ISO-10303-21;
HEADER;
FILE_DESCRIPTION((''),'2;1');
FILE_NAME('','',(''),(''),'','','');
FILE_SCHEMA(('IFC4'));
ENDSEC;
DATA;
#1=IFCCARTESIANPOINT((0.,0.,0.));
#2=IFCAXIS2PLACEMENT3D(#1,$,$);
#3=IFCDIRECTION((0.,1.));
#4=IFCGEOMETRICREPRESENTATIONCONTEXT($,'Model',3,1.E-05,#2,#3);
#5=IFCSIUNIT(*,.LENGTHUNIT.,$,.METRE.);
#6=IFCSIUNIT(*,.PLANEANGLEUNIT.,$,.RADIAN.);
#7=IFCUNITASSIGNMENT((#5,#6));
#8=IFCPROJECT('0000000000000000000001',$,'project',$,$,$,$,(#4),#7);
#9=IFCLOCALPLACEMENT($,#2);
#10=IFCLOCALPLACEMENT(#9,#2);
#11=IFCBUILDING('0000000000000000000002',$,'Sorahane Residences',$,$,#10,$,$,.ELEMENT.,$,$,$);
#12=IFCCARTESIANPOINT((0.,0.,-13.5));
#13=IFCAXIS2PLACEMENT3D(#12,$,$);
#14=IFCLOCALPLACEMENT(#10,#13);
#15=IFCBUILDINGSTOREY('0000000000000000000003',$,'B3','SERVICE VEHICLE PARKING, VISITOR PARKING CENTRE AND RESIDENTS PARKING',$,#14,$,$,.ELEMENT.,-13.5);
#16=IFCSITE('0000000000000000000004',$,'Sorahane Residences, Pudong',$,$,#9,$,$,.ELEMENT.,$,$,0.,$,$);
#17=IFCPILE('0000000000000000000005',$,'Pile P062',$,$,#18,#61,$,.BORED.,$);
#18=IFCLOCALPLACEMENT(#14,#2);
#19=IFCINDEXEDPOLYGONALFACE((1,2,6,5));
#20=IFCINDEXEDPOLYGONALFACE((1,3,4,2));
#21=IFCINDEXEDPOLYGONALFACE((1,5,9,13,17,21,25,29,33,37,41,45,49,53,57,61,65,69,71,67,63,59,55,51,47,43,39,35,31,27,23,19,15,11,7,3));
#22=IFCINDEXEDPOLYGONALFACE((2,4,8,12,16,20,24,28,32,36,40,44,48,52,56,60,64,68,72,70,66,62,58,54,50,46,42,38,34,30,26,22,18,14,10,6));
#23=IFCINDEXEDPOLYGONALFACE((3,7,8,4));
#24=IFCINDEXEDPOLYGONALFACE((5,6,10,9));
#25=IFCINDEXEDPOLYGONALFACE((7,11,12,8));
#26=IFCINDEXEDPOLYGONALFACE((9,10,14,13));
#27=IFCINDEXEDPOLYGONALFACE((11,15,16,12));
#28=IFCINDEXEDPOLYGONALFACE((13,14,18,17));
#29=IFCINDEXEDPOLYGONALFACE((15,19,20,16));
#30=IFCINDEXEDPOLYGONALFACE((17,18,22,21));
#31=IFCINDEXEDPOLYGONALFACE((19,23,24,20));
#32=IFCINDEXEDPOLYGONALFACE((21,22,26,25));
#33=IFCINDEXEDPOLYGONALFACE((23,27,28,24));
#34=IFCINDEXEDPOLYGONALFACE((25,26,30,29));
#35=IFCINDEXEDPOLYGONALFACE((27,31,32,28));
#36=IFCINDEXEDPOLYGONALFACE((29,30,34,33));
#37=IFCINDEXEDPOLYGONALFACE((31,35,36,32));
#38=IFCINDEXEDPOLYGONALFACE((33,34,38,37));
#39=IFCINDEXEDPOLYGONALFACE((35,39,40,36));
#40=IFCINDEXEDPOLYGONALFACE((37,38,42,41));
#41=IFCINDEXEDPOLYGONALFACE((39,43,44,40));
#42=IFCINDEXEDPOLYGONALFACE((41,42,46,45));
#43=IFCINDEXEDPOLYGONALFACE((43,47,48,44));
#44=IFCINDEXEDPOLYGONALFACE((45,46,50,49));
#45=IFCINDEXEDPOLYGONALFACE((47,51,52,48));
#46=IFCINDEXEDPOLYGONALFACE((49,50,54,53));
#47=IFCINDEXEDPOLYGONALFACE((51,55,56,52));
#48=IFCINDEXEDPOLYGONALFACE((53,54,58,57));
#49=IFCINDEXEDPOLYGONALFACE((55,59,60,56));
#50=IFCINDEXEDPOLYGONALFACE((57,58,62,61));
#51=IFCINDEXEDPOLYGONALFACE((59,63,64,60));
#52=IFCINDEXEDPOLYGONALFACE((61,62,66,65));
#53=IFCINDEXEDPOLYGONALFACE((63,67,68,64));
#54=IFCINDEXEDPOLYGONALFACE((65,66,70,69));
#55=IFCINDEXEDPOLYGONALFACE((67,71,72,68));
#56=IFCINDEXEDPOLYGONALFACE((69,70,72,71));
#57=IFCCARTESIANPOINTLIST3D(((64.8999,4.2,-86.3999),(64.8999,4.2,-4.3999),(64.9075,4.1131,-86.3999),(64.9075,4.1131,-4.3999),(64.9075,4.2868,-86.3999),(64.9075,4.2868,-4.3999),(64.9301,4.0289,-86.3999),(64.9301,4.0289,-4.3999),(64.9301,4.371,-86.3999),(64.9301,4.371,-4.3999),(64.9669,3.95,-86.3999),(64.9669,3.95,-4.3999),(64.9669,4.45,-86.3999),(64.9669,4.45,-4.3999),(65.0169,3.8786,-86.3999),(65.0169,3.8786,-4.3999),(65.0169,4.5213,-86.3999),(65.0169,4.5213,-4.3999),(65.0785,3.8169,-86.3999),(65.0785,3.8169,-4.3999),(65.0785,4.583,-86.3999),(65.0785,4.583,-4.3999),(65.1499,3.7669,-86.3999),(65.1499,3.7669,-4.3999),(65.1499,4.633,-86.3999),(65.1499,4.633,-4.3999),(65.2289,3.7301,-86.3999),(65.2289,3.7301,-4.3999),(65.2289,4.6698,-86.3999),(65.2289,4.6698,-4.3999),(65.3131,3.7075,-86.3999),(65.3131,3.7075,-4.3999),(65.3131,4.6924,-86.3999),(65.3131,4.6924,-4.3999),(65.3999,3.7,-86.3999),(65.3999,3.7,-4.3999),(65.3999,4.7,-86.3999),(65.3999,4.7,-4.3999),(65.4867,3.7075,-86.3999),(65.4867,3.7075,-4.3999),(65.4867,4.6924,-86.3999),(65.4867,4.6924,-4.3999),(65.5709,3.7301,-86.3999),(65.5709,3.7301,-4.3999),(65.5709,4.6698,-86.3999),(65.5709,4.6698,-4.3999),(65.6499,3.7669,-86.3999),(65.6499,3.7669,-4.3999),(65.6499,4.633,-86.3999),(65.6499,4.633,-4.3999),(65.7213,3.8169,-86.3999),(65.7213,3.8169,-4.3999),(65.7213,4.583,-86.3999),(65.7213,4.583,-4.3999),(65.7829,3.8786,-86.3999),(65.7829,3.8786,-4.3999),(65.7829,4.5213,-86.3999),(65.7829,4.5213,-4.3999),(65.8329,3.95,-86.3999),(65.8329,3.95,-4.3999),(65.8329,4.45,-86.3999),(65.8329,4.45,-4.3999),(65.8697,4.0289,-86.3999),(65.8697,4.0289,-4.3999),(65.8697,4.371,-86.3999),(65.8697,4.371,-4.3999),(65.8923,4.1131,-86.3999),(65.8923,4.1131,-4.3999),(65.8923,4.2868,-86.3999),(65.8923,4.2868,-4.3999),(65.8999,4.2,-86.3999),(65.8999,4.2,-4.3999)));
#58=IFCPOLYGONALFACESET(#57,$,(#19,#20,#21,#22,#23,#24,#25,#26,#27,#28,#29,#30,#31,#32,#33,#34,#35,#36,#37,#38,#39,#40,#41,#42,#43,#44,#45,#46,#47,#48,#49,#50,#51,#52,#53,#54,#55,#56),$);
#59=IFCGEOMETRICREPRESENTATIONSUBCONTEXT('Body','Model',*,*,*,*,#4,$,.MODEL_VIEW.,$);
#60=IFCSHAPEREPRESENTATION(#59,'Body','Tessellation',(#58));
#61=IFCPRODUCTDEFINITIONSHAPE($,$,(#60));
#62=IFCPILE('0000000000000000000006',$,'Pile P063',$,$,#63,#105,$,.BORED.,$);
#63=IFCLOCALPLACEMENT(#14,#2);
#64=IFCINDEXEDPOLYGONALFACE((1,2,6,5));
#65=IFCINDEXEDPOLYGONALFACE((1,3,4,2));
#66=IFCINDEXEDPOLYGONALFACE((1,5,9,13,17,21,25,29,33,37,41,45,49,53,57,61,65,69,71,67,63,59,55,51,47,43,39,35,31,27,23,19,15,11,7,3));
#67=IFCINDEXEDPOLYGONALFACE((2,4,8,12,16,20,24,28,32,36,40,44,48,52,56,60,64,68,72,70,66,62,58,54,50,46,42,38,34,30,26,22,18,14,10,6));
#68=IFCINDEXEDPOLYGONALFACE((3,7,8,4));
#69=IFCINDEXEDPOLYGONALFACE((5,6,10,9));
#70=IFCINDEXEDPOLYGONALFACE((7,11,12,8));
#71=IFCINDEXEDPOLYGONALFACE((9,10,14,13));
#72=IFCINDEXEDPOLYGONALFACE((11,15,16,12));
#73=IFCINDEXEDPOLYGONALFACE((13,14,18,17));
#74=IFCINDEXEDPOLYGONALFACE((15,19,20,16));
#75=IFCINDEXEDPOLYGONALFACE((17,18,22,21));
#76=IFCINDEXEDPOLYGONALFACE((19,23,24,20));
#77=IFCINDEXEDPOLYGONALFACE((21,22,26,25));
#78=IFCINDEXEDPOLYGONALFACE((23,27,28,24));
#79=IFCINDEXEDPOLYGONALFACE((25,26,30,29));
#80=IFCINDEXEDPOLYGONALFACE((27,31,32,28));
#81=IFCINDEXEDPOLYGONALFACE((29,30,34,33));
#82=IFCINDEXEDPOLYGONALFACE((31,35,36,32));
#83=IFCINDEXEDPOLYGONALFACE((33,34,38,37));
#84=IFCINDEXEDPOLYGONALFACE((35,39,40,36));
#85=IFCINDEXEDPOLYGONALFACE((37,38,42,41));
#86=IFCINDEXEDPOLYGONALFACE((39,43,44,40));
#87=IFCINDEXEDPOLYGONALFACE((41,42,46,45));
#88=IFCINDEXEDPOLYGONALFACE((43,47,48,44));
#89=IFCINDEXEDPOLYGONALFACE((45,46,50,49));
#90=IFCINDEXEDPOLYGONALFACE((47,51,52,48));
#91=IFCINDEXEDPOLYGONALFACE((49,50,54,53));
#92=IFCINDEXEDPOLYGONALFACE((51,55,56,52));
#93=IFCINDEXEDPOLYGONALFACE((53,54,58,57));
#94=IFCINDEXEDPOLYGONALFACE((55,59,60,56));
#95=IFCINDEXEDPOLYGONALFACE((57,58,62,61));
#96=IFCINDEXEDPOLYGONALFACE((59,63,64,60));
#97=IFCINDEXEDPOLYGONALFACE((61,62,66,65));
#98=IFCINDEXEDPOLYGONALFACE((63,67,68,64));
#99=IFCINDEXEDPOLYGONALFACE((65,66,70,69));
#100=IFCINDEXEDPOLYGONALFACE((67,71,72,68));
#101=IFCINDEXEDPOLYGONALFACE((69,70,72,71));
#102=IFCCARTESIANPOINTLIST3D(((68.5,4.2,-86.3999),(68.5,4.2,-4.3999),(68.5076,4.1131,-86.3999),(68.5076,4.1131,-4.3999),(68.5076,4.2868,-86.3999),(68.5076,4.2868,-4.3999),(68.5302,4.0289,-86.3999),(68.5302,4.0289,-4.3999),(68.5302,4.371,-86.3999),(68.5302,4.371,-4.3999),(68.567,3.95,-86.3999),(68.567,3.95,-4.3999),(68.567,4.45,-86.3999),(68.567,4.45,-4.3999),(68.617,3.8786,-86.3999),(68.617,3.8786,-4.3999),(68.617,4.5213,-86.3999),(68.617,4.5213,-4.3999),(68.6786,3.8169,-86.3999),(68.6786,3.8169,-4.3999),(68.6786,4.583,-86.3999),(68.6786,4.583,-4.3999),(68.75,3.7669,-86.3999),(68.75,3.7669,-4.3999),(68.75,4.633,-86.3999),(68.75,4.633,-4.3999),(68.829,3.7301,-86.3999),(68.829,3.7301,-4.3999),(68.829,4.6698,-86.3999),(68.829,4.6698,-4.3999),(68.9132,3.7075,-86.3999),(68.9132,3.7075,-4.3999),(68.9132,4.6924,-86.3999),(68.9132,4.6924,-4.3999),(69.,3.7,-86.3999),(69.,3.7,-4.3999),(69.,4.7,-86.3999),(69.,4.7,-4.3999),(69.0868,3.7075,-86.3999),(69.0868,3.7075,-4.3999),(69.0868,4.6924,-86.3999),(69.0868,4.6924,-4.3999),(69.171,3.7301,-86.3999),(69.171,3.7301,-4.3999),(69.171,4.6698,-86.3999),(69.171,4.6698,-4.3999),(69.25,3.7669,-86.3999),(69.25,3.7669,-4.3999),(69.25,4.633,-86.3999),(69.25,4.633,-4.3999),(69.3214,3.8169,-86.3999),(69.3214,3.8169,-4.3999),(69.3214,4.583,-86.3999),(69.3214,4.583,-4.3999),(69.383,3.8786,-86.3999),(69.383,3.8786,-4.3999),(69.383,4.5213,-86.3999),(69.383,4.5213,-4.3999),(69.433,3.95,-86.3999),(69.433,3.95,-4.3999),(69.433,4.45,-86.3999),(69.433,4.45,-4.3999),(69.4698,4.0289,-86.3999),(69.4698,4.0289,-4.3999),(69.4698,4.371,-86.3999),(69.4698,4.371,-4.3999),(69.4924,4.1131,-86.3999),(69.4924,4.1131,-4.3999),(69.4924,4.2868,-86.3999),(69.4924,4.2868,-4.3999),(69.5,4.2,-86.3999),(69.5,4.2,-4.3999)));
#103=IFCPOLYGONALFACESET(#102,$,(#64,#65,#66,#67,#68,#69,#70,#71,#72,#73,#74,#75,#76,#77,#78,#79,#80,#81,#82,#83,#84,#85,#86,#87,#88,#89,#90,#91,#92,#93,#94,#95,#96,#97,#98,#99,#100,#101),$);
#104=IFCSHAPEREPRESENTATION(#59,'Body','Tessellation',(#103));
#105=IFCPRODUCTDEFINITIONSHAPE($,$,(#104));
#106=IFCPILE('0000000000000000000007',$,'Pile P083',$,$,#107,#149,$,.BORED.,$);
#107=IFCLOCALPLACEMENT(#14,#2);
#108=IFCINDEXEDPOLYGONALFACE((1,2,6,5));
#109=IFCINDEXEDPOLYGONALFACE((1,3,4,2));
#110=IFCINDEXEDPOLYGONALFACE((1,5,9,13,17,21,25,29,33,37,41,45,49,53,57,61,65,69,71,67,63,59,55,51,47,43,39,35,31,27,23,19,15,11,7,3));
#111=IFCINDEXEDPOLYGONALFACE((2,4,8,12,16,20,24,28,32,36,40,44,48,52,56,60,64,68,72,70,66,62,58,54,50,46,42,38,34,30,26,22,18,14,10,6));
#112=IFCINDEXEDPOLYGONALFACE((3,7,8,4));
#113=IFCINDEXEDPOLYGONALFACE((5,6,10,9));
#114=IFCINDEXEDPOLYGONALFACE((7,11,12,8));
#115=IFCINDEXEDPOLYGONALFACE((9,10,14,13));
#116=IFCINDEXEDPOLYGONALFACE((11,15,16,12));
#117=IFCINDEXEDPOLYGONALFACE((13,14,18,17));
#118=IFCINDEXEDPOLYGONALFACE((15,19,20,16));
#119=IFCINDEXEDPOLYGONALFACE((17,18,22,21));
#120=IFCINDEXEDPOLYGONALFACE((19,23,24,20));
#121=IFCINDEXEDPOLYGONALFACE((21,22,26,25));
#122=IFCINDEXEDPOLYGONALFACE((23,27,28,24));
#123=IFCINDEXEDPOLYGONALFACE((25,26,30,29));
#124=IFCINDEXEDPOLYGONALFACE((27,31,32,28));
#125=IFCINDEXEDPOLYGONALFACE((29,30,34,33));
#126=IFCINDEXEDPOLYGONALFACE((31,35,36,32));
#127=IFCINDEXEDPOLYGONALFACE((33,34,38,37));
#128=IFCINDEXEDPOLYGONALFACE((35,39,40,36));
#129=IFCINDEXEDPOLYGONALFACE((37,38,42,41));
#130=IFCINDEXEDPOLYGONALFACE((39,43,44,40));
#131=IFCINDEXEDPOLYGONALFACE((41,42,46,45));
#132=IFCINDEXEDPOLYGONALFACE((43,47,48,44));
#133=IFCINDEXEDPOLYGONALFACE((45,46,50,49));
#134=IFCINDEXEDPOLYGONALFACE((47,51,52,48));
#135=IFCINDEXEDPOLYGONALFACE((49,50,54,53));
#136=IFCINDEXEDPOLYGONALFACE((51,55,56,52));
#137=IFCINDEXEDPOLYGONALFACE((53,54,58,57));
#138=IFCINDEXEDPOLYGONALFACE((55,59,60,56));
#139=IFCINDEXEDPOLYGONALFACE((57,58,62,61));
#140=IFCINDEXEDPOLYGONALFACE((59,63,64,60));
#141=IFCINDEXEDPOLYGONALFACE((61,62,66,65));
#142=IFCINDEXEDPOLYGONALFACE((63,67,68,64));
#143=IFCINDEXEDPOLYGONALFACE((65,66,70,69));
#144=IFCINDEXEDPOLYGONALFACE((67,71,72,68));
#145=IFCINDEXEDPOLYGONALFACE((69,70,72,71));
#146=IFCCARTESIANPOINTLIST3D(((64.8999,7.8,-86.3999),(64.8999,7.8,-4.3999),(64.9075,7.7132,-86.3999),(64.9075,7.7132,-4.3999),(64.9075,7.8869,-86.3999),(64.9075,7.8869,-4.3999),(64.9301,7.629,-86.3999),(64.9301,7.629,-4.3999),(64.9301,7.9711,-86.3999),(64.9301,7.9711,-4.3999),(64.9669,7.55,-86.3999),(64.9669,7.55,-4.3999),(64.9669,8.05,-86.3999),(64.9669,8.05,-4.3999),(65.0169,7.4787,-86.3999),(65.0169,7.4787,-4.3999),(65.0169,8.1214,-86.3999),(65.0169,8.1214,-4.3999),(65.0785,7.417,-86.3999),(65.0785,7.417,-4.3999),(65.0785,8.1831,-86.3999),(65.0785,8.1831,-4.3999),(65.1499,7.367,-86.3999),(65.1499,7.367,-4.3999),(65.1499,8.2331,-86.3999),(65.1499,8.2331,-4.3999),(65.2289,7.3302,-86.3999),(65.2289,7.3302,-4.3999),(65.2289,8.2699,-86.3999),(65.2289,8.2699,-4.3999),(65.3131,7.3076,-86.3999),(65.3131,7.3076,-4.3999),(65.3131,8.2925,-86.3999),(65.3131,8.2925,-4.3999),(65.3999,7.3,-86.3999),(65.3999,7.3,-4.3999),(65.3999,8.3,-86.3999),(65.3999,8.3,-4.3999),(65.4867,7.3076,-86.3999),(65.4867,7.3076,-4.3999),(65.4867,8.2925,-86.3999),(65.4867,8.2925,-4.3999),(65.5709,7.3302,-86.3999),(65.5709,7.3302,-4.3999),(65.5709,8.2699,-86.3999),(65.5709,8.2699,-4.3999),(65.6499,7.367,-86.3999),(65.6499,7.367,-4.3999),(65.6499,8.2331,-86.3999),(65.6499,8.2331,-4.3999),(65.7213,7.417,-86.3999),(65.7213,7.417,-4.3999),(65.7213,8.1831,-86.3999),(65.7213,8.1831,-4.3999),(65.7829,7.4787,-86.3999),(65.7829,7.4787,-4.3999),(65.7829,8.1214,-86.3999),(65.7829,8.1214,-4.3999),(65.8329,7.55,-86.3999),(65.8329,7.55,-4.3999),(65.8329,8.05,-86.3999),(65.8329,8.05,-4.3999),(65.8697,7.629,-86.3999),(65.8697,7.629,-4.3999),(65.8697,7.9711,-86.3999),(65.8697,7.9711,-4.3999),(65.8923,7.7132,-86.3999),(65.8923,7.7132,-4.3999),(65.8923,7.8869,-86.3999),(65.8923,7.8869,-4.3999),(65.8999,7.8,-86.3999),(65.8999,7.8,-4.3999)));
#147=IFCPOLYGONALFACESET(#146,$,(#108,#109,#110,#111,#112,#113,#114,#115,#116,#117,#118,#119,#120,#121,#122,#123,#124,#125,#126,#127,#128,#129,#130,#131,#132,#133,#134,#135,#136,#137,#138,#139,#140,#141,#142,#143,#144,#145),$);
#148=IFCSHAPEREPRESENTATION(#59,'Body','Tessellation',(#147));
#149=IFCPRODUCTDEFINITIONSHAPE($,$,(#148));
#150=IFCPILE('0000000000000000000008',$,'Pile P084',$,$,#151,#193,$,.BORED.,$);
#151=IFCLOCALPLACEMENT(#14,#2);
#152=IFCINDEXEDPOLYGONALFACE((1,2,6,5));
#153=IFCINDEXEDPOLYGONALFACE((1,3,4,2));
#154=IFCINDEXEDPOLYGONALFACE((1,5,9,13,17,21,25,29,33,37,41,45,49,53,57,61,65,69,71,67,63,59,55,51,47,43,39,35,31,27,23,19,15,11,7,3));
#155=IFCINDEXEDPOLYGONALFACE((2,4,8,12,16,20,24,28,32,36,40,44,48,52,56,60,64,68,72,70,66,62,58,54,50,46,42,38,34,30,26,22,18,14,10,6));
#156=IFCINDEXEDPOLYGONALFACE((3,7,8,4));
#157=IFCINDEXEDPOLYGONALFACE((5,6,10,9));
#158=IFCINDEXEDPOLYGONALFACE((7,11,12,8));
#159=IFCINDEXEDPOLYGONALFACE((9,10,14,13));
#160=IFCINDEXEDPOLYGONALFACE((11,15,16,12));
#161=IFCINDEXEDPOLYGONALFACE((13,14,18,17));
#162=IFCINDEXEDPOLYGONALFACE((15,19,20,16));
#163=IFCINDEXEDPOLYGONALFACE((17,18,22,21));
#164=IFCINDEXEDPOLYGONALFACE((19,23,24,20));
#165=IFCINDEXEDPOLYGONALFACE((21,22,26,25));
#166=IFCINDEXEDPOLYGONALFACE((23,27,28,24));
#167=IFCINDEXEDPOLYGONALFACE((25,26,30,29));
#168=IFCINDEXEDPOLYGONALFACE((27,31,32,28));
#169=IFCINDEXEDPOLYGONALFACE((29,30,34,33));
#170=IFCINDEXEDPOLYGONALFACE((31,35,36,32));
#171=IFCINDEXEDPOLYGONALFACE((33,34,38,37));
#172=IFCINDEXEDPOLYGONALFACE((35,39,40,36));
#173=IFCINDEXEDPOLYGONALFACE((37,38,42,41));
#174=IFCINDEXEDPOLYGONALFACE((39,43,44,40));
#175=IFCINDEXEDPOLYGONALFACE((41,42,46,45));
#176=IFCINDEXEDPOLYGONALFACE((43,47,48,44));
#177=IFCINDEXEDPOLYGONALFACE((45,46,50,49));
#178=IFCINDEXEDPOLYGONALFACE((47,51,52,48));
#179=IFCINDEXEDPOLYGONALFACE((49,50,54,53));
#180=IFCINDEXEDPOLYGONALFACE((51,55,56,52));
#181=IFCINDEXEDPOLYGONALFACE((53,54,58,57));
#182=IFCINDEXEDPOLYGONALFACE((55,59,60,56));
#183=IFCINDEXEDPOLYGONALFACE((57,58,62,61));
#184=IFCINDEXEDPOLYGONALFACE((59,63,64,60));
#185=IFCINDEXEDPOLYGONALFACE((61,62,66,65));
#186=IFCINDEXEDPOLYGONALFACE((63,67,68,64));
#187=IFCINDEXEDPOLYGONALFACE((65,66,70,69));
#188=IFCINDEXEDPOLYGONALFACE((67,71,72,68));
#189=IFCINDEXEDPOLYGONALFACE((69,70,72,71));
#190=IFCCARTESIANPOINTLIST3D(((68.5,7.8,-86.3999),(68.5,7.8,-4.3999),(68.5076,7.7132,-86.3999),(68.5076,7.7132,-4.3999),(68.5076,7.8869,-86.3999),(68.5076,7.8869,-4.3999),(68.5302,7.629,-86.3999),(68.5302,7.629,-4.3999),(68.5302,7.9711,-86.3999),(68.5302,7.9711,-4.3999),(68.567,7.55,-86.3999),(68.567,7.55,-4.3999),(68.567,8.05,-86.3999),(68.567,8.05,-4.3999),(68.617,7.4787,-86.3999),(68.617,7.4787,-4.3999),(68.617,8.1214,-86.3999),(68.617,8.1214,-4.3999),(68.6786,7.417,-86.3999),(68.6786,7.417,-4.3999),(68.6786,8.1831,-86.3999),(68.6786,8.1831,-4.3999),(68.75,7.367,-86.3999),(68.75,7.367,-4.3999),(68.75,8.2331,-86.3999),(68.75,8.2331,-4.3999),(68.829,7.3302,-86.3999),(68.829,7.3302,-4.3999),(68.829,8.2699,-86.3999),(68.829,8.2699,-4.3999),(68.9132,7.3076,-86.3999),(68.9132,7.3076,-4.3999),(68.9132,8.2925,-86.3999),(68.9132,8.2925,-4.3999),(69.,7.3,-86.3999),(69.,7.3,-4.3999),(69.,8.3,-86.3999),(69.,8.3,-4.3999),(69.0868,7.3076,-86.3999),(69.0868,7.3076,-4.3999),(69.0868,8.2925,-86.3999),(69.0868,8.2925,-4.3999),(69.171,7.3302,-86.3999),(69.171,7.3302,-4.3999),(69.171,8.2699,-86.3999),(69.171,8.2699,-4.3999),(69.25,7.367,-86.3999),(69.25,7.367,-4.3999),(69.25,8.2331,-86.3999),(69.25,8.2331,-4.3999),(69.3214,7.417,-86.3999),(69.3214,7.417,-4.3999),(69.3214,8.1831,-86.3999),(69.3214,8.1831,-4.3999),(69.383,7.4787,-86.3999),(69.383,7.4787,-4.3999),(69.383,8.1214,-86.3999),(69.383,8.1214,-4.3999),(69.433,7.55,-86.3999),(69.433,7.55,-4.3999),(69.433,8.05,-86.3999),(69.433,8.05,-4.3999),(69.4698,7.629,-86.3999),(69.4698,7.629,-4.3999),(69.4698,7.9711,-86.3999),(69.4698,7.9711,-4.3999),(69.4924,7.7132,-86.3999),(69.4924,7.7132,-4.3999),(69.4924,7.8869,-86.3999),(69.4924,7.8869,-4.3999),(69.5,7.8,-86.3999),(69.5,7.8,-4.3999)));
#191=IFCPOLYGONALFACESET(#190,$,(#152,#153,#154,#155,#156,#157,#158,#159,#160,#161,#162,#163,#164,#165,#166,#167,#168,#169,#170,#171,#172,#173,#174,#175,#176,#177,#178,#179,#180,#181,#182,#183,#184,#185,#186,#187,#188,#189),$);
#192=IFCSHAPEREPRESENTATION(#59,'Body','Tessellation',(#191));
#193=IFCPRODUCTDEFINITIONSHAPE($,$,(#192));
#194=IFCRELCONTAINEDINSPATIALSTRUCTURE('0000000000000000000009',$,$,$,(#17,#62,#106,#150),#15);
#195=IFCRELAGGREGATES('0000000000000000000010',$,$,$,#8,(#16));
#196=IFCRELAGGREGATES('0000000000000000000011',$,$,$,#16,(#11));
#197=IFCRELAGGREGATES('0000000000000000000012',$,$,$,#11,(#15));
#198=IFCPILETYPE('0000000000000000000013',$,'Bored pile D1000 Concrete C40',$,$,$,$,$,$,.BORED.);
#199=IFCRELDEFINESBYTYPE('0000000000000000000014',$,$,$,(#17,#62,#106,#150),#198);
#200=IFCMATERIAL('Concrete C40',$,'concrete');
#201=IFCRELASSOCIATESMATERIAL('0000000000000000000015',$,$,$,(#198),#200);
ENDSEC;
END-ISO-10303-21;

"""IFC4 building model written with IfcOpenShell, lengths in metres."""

from ifc_helpers import new_model, si_unit, direction, frame, origin, origin_2d, place, context, subcontext, project, spatial, circle, extrude, material, material_profile, profile_set, type_object, element, save


model = new_model("IFC4")

# Units and contexts
model_context = context("Model", 3, precision=1e-05, world=origin(), true_north=direction((0.0, 1.0)))
body_context = subcontext(model_context, "Body", "Model", "MODEL_VIEW")
ifc_project = project(units=[si_unit("LENGTHUNIT", "METRE"), si_unit("PLANEANGLEUNIT", "RADIAN")], contexts=[model_context])

# Site, building, storey
site_placement = place(None, origin())
site = spatial("IfcSite", under=ifc_project, at=site_placement, Name="Sorahane Residences, Pudong", CompositionType="ELEMENT", RefElevation=0.0)
building_placement = place(site_placement, origin())
building = spatial("IfcBuilding", under=site, at=building_placement, Name="Sorahane Residences", CompositionType="ELEMENT")
storey_placement = place(building_placement, frame((0.0, 0.0, -13.5)))
storey = spatial("IfcBuildingStorey", under=building, at=storey_placement, Name="B3", Description="SERVICE VEHICLE PARKING, VISITOR PARKING CENTRE AND RESIDENTS PARKING", CompositionType="ELEMENT", Elevation=-13.5)

# Piles
ifc_material_1 = material(Name="Concrete C40", Category="concrete")
ifc_material_profile_1 = material_profile(ifc_material_1, circle(Radius=0.5, at=origin_2d()), Name="D1000")
ifc_profile_set_1 = profile_set([ifc_material_profile_1], Name="Concrete C40")
pile_type = type_object("IfcPileType", Name="Bored pile D1000 Concrete C40", PredefinedType="BORED", material=ifc_profile_set_1)
for number, where, z_axis, x_axis, name in (
    (1, (65.3999, 4.2, -4.3999), (0.0, 0.0, -1.0), (1.0, 0.0, 0.0), "Pile P062"),
    (2, (69.0, 4.2, -4.3999), (0.0, 0.0, -1.0), (1.0, 0.0, 0.0), "Pile P063"),
    (3, (65.3999, 7.8, -4.3999), (0.0, 0.0, -1.0), (1.0, 0.0, 0.0), "Pile P083"),
    (4, (69.0, 7.8, -4.3999), (0.0, 0.0, -1.0), (1.0, 0.0, 0.0), "Pile P084"),
):
    element("IfcPile", number, at=place(storey_placement, frame(where, z_axis=z_axis, x_axis=x_axis)), inside=storey, type_object=pile_type, Name=name, PredefinedType="BORED", context=body_context, shape_type="SweptSolid", body=[
        extrude(circle(Radius=0.5, at=origin_2d()), origin(), (0.0, 0.0, 1.0), 82.0),
    ])

save(model, "model.ifc")
